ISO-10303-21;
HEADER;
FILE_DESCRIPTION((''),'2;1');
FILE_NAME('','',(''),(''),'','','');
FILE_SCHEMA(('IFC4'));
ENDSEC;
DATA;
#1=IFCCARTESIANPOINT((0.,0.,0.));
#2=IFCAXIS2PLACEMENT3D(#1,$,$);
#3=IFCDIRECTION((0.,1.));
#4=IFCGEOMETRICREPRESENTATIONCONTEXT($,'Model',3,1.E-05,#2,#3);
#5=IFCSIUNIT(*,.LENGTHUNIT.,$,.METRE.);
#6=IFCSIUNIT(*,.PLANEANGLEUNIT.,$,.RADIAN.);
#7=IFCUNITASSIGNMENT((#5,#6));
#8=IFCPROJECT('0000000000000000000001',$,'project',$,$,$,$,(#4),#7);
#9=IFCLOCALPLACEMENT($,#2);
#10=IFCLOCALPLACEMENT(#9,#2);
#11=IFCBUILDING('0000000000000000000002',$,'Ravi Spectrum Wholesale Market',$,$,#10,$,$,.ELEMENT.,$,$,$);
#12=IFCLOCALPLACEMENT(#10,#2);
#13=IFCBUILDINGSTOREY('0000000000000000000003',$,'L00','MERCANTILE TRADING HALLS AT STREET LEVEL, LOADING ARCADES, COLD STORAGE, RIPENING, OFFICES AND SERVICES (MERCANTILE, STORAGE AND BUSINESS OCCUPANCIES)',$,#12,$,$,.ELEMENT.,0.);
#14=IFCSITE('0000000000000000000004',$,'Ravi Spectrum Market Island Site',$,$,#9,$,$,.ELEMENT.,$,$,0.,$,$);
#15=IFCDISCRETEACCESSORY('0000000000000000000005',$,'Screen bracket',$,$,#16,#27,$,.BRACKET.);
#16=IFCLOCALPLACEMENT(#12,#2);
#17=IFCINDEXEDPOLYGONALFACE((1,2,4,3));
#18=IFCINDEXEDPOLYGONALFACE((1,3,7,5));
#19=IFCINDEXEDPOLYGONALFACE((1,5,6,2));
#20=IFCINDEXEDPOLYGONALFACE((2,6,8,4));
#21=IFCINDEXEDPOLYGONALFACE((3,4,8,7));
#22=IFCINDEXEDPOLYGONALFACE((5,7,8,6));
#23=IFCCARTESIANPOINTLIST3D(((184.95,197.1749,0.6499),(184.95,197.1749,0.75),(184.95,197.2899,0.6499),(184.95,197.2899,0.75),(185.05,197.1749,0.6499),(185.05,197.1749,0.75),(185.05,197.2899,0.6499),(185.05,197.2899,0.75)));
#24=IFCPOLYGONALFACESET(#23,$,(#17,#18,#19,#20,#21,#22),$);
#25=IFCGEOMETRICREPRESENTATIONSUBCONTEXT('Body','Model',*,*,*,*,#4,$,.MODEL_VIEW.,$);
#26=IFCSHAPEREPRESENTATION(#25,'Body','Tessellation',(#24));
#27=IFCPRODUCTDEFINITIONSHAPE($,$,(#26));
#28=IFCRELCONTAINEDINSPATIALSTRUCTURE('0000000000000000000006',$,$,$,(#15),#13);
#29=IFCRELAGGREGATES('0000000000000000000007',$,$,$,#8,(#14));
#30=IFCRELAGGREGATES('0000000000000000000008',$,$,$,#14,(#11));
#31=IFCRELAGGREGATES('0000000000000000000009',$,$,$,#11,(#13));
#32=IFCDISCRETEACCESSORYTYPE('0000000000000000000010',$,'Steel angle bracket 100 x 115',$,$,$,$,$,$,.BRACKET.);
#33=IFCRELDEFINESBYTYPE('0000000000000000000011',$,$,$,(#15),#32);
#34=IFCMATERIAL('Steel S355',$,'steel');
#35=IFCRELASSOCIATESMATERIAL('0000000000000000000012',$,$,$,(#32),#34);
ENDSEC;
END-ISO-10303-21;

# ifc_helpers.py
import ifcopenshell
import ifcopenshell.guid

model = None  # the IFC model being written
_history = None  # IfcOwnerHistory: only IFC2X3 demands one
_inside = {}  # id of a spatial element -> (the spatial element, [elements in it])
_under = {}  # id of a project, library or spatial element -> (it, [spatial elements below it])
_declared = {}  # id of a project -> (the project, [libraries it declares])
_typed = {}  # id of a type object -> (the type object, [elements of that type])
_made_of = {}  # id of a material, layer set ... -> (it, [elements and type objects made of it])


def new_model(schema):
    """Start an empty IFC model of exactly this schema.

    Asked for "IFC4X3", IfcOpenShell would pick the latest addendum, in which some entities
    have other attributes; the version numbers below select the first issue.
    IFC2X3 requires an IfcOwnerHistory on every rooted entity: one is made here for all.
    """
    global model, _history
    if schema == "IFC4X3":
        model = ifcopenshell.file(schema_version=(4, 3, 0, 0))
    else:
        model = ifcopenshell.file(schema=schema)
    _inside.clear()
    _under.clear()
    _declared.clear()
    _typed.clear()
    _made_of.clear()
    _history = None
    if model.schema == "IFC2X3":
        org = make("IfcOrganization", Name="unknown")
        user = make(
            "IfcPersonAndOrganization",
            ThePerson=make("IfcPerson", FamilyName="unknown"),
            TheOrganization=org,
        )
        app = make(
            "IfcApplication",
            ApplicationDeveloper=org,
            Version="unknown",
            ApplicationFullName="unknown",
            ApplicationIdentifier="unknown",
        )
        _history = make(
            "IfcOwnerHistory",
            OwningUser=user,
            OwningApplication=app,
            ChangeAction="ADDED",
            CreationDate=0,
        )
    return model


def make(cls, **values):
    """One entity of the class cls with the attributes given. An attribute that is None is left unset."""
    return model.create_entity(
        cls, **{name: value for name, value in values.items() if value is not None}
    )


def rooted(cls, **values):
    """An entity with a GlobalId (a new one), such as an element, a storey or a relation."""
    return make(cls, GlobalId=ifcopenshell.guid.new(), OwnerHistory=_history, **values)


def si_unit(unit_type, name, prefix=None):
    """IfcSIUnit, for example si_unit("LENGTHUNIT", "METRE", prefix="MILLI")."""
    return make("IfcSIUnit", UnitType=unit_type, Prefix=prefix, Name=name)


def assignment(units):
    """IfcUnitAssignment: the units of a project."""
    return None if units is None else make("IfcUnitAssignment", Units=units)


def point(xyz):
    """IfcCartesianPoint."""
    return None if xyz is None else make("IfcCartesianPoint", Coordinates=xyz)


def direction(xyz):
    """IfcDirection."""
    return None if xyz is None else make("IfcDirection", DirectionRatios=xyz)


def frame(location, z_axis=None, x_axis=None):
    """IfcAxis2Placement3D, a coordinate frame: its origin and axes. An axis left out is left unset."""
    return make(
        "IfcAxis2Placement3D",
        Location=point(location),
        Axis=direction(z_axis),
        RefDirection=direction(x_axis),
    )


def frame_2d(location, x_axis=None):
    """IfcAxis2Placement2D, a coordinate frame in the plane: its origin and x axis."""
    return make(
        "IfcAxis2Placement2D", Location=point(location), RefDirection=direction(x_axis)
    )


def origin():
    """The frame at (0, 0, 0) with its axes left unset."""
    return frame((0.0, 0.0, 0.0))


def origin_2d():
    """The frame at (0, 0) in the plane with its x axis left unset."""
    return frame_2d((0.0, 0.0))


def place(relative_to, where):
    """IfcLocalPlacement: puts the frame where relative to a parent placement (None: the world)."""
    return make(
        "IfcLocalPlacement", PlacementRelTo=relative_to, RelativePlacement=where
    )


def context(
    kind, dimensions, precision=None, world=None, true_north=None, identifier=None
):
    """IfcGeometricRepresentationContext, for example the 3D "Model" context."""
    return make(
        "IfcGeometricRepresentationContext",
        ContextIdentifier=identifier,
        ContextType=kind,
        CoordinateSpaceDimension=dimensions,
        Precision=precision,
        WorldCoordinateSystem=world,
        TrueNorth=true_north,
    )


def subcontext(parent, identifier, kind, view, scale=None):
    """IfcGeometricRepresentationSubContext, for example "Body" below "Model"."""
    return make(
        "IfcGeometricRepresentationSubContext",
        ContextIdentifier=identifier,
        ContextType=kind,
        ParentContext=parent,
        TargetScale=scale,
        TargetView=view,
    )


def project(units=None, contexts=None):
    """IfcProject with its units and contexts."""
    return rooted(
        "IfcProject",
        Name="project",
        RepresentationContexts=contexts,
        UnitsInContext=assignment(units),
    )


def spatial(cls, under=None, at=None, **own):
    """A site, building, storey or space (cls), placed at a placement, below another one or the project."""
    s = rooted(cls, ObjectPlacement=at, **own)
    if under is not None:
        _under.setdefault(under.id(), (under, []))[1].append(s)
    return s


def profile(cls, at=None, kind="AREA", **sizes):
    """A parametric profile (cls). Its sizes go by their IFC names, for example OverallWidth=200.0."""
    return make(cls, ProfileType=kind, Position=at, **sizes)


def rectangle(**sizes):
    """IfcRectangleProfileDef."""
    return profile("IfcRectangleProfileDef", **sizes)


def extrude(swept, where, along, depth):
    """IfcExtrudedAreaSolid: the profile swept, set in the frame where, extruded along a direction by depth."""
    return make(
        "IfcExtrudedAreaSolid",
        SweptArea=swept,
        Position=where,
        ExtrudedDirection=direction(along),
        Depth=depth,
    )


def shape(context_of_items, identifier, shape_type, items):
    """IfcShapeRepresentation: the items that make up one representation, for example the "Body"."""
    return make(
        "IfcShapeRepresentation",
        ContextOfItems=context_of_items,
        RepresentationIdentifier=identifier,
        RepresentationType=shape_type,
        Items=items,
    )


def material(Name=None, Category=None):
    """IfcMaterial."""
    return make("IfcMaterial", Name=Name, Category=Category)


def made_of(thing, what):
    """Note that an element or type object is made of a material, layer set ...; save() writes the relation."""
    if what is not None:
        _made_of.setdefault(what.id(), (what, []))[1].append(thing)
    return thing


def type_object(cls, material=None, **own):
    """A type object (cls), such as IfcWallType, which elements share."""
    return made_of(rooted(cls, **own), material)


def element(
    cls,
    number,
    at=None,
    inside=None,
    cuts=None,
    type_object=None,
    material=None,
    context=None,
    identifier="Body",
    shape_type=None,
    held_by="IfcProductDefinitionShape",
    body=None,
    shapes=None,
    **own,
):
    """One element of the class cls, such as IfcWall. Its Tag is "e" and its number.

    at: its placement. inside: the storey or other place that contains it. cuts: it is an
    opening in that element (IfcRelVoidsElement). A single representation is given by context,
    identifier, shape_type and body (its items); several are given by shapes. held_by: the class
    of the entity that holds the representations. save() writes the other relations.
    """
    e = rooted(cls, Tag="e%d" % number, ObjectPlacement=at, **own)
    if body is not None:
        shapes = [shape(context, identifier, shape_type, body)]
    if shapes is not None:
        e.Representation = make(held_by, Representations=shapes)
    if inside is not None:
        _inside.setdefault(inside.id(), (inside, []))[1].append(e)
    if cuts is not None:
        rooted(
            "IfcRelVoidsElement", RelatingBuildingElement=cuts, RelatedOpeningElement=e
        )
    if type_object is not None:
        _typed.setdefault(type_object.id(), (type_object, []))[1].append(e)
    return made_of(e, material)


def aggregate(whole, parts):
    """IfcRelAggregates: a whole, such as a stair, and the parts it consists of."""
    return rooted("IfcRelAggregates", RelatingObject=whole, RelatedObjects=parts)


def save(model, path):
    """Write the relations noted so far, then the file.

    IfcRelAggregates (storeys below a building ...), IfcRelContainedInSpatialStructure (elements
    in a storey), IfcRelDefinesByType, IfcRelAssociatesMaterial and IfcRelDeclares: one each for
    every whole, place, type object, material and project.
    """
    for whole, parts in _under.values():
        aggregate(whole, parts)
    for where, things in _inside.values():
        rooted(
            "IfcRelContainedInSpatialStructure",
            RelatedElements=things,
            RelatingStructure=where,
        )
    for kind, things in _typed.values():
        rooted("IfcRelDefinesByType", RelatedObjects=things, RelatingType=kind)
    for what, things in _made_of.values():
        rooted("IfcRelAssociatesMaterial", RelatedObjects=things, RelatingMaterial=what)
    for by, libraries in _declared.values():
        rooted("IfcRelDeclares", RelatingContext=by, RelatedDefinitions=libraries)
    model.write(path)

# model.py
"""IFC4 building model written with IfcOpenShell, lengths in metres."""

from ifc_helpers import new_model, si_unit, direction, frame, origin, origin_2d, place, context, subcontext, project, spatial, rectangle, extrude, material, type_object, element, save


model = new_model("IFC4")

# Units and contexts
model_context = context("Model", 3, precision=1e-05, world=origin(), true_north=direction((0.0, 1.0)))
body_context = subcontext(model_context, "Body", "Model", "MODEL_VIEW")
ifc_project = project(units=[si_unit("LENGTHUNIT", "METRE"), si_unit("PLANEANGLEUNIT", "RADIAN")], contexts=[model_context])

# Site, building, storey
site_placement = place(None, origin())
site = spatial("IfcSite", under=ifc_project, at=site_placement, Name="Ravi Spectrum Market Island Site", CompositionType="ELEMENT", RefElevation=0.0)
building_placement = place(site_placement, origin())
building = spatial("IfcBuilding", under=site, at=building_placement, Name="Ravi Spectrum Wholesale Market", CompositionType="ELEMENT")
storey_placement = place(building_placement, origin())
storey = spatial("IfcBuildingStorey", under=building, at=storey_placement, Name="L00", Description="MERCANTILE TRADING HALLS AT STREET LEVEL, LOADING ARCADES, COLD STORAGE, RIPENING, OFFICES AND SERVICES (MERCANTILE, STORAGE AND BUSINESS OCCUPANCIES)", CompositionType="ELEMENT", Elevation=0.0)

# Discrete accessory
ifc_material_1 = material(Name="Steel S355", Category="steel")
discrete_accessory_type = type_object("IfcDiscreteAccessoryType", Name="Steel angle bracket 100 x 115", PredefinedType="BRACKET", material=ifc_material_1)
for number, where, z_axis, x_axis, name in (
    (1, (185.0, 197.2324, 0.6499), (0.0, 0.0, 1.0), (1.0, 0.0, 0.0), "Screen bracket"),
):
    element("IfcDiscreteAccessory", number, at=place(storey_placement, frame(where, z_axis=z_axis, x_axis=x_axis)), inside=storey, type_object=discrete_accessory_type, Name=name, PredefinedType="BRACKET", context=body_context, shape_type="SweptSolid", body=[
        extrude(rectangle(XDim=0.1001, YDim=0.115, at=origin_2d()), origin(), (0.0, 0.0, 1.0), 0.1001),
    ])

save(model, "model.ifc")
